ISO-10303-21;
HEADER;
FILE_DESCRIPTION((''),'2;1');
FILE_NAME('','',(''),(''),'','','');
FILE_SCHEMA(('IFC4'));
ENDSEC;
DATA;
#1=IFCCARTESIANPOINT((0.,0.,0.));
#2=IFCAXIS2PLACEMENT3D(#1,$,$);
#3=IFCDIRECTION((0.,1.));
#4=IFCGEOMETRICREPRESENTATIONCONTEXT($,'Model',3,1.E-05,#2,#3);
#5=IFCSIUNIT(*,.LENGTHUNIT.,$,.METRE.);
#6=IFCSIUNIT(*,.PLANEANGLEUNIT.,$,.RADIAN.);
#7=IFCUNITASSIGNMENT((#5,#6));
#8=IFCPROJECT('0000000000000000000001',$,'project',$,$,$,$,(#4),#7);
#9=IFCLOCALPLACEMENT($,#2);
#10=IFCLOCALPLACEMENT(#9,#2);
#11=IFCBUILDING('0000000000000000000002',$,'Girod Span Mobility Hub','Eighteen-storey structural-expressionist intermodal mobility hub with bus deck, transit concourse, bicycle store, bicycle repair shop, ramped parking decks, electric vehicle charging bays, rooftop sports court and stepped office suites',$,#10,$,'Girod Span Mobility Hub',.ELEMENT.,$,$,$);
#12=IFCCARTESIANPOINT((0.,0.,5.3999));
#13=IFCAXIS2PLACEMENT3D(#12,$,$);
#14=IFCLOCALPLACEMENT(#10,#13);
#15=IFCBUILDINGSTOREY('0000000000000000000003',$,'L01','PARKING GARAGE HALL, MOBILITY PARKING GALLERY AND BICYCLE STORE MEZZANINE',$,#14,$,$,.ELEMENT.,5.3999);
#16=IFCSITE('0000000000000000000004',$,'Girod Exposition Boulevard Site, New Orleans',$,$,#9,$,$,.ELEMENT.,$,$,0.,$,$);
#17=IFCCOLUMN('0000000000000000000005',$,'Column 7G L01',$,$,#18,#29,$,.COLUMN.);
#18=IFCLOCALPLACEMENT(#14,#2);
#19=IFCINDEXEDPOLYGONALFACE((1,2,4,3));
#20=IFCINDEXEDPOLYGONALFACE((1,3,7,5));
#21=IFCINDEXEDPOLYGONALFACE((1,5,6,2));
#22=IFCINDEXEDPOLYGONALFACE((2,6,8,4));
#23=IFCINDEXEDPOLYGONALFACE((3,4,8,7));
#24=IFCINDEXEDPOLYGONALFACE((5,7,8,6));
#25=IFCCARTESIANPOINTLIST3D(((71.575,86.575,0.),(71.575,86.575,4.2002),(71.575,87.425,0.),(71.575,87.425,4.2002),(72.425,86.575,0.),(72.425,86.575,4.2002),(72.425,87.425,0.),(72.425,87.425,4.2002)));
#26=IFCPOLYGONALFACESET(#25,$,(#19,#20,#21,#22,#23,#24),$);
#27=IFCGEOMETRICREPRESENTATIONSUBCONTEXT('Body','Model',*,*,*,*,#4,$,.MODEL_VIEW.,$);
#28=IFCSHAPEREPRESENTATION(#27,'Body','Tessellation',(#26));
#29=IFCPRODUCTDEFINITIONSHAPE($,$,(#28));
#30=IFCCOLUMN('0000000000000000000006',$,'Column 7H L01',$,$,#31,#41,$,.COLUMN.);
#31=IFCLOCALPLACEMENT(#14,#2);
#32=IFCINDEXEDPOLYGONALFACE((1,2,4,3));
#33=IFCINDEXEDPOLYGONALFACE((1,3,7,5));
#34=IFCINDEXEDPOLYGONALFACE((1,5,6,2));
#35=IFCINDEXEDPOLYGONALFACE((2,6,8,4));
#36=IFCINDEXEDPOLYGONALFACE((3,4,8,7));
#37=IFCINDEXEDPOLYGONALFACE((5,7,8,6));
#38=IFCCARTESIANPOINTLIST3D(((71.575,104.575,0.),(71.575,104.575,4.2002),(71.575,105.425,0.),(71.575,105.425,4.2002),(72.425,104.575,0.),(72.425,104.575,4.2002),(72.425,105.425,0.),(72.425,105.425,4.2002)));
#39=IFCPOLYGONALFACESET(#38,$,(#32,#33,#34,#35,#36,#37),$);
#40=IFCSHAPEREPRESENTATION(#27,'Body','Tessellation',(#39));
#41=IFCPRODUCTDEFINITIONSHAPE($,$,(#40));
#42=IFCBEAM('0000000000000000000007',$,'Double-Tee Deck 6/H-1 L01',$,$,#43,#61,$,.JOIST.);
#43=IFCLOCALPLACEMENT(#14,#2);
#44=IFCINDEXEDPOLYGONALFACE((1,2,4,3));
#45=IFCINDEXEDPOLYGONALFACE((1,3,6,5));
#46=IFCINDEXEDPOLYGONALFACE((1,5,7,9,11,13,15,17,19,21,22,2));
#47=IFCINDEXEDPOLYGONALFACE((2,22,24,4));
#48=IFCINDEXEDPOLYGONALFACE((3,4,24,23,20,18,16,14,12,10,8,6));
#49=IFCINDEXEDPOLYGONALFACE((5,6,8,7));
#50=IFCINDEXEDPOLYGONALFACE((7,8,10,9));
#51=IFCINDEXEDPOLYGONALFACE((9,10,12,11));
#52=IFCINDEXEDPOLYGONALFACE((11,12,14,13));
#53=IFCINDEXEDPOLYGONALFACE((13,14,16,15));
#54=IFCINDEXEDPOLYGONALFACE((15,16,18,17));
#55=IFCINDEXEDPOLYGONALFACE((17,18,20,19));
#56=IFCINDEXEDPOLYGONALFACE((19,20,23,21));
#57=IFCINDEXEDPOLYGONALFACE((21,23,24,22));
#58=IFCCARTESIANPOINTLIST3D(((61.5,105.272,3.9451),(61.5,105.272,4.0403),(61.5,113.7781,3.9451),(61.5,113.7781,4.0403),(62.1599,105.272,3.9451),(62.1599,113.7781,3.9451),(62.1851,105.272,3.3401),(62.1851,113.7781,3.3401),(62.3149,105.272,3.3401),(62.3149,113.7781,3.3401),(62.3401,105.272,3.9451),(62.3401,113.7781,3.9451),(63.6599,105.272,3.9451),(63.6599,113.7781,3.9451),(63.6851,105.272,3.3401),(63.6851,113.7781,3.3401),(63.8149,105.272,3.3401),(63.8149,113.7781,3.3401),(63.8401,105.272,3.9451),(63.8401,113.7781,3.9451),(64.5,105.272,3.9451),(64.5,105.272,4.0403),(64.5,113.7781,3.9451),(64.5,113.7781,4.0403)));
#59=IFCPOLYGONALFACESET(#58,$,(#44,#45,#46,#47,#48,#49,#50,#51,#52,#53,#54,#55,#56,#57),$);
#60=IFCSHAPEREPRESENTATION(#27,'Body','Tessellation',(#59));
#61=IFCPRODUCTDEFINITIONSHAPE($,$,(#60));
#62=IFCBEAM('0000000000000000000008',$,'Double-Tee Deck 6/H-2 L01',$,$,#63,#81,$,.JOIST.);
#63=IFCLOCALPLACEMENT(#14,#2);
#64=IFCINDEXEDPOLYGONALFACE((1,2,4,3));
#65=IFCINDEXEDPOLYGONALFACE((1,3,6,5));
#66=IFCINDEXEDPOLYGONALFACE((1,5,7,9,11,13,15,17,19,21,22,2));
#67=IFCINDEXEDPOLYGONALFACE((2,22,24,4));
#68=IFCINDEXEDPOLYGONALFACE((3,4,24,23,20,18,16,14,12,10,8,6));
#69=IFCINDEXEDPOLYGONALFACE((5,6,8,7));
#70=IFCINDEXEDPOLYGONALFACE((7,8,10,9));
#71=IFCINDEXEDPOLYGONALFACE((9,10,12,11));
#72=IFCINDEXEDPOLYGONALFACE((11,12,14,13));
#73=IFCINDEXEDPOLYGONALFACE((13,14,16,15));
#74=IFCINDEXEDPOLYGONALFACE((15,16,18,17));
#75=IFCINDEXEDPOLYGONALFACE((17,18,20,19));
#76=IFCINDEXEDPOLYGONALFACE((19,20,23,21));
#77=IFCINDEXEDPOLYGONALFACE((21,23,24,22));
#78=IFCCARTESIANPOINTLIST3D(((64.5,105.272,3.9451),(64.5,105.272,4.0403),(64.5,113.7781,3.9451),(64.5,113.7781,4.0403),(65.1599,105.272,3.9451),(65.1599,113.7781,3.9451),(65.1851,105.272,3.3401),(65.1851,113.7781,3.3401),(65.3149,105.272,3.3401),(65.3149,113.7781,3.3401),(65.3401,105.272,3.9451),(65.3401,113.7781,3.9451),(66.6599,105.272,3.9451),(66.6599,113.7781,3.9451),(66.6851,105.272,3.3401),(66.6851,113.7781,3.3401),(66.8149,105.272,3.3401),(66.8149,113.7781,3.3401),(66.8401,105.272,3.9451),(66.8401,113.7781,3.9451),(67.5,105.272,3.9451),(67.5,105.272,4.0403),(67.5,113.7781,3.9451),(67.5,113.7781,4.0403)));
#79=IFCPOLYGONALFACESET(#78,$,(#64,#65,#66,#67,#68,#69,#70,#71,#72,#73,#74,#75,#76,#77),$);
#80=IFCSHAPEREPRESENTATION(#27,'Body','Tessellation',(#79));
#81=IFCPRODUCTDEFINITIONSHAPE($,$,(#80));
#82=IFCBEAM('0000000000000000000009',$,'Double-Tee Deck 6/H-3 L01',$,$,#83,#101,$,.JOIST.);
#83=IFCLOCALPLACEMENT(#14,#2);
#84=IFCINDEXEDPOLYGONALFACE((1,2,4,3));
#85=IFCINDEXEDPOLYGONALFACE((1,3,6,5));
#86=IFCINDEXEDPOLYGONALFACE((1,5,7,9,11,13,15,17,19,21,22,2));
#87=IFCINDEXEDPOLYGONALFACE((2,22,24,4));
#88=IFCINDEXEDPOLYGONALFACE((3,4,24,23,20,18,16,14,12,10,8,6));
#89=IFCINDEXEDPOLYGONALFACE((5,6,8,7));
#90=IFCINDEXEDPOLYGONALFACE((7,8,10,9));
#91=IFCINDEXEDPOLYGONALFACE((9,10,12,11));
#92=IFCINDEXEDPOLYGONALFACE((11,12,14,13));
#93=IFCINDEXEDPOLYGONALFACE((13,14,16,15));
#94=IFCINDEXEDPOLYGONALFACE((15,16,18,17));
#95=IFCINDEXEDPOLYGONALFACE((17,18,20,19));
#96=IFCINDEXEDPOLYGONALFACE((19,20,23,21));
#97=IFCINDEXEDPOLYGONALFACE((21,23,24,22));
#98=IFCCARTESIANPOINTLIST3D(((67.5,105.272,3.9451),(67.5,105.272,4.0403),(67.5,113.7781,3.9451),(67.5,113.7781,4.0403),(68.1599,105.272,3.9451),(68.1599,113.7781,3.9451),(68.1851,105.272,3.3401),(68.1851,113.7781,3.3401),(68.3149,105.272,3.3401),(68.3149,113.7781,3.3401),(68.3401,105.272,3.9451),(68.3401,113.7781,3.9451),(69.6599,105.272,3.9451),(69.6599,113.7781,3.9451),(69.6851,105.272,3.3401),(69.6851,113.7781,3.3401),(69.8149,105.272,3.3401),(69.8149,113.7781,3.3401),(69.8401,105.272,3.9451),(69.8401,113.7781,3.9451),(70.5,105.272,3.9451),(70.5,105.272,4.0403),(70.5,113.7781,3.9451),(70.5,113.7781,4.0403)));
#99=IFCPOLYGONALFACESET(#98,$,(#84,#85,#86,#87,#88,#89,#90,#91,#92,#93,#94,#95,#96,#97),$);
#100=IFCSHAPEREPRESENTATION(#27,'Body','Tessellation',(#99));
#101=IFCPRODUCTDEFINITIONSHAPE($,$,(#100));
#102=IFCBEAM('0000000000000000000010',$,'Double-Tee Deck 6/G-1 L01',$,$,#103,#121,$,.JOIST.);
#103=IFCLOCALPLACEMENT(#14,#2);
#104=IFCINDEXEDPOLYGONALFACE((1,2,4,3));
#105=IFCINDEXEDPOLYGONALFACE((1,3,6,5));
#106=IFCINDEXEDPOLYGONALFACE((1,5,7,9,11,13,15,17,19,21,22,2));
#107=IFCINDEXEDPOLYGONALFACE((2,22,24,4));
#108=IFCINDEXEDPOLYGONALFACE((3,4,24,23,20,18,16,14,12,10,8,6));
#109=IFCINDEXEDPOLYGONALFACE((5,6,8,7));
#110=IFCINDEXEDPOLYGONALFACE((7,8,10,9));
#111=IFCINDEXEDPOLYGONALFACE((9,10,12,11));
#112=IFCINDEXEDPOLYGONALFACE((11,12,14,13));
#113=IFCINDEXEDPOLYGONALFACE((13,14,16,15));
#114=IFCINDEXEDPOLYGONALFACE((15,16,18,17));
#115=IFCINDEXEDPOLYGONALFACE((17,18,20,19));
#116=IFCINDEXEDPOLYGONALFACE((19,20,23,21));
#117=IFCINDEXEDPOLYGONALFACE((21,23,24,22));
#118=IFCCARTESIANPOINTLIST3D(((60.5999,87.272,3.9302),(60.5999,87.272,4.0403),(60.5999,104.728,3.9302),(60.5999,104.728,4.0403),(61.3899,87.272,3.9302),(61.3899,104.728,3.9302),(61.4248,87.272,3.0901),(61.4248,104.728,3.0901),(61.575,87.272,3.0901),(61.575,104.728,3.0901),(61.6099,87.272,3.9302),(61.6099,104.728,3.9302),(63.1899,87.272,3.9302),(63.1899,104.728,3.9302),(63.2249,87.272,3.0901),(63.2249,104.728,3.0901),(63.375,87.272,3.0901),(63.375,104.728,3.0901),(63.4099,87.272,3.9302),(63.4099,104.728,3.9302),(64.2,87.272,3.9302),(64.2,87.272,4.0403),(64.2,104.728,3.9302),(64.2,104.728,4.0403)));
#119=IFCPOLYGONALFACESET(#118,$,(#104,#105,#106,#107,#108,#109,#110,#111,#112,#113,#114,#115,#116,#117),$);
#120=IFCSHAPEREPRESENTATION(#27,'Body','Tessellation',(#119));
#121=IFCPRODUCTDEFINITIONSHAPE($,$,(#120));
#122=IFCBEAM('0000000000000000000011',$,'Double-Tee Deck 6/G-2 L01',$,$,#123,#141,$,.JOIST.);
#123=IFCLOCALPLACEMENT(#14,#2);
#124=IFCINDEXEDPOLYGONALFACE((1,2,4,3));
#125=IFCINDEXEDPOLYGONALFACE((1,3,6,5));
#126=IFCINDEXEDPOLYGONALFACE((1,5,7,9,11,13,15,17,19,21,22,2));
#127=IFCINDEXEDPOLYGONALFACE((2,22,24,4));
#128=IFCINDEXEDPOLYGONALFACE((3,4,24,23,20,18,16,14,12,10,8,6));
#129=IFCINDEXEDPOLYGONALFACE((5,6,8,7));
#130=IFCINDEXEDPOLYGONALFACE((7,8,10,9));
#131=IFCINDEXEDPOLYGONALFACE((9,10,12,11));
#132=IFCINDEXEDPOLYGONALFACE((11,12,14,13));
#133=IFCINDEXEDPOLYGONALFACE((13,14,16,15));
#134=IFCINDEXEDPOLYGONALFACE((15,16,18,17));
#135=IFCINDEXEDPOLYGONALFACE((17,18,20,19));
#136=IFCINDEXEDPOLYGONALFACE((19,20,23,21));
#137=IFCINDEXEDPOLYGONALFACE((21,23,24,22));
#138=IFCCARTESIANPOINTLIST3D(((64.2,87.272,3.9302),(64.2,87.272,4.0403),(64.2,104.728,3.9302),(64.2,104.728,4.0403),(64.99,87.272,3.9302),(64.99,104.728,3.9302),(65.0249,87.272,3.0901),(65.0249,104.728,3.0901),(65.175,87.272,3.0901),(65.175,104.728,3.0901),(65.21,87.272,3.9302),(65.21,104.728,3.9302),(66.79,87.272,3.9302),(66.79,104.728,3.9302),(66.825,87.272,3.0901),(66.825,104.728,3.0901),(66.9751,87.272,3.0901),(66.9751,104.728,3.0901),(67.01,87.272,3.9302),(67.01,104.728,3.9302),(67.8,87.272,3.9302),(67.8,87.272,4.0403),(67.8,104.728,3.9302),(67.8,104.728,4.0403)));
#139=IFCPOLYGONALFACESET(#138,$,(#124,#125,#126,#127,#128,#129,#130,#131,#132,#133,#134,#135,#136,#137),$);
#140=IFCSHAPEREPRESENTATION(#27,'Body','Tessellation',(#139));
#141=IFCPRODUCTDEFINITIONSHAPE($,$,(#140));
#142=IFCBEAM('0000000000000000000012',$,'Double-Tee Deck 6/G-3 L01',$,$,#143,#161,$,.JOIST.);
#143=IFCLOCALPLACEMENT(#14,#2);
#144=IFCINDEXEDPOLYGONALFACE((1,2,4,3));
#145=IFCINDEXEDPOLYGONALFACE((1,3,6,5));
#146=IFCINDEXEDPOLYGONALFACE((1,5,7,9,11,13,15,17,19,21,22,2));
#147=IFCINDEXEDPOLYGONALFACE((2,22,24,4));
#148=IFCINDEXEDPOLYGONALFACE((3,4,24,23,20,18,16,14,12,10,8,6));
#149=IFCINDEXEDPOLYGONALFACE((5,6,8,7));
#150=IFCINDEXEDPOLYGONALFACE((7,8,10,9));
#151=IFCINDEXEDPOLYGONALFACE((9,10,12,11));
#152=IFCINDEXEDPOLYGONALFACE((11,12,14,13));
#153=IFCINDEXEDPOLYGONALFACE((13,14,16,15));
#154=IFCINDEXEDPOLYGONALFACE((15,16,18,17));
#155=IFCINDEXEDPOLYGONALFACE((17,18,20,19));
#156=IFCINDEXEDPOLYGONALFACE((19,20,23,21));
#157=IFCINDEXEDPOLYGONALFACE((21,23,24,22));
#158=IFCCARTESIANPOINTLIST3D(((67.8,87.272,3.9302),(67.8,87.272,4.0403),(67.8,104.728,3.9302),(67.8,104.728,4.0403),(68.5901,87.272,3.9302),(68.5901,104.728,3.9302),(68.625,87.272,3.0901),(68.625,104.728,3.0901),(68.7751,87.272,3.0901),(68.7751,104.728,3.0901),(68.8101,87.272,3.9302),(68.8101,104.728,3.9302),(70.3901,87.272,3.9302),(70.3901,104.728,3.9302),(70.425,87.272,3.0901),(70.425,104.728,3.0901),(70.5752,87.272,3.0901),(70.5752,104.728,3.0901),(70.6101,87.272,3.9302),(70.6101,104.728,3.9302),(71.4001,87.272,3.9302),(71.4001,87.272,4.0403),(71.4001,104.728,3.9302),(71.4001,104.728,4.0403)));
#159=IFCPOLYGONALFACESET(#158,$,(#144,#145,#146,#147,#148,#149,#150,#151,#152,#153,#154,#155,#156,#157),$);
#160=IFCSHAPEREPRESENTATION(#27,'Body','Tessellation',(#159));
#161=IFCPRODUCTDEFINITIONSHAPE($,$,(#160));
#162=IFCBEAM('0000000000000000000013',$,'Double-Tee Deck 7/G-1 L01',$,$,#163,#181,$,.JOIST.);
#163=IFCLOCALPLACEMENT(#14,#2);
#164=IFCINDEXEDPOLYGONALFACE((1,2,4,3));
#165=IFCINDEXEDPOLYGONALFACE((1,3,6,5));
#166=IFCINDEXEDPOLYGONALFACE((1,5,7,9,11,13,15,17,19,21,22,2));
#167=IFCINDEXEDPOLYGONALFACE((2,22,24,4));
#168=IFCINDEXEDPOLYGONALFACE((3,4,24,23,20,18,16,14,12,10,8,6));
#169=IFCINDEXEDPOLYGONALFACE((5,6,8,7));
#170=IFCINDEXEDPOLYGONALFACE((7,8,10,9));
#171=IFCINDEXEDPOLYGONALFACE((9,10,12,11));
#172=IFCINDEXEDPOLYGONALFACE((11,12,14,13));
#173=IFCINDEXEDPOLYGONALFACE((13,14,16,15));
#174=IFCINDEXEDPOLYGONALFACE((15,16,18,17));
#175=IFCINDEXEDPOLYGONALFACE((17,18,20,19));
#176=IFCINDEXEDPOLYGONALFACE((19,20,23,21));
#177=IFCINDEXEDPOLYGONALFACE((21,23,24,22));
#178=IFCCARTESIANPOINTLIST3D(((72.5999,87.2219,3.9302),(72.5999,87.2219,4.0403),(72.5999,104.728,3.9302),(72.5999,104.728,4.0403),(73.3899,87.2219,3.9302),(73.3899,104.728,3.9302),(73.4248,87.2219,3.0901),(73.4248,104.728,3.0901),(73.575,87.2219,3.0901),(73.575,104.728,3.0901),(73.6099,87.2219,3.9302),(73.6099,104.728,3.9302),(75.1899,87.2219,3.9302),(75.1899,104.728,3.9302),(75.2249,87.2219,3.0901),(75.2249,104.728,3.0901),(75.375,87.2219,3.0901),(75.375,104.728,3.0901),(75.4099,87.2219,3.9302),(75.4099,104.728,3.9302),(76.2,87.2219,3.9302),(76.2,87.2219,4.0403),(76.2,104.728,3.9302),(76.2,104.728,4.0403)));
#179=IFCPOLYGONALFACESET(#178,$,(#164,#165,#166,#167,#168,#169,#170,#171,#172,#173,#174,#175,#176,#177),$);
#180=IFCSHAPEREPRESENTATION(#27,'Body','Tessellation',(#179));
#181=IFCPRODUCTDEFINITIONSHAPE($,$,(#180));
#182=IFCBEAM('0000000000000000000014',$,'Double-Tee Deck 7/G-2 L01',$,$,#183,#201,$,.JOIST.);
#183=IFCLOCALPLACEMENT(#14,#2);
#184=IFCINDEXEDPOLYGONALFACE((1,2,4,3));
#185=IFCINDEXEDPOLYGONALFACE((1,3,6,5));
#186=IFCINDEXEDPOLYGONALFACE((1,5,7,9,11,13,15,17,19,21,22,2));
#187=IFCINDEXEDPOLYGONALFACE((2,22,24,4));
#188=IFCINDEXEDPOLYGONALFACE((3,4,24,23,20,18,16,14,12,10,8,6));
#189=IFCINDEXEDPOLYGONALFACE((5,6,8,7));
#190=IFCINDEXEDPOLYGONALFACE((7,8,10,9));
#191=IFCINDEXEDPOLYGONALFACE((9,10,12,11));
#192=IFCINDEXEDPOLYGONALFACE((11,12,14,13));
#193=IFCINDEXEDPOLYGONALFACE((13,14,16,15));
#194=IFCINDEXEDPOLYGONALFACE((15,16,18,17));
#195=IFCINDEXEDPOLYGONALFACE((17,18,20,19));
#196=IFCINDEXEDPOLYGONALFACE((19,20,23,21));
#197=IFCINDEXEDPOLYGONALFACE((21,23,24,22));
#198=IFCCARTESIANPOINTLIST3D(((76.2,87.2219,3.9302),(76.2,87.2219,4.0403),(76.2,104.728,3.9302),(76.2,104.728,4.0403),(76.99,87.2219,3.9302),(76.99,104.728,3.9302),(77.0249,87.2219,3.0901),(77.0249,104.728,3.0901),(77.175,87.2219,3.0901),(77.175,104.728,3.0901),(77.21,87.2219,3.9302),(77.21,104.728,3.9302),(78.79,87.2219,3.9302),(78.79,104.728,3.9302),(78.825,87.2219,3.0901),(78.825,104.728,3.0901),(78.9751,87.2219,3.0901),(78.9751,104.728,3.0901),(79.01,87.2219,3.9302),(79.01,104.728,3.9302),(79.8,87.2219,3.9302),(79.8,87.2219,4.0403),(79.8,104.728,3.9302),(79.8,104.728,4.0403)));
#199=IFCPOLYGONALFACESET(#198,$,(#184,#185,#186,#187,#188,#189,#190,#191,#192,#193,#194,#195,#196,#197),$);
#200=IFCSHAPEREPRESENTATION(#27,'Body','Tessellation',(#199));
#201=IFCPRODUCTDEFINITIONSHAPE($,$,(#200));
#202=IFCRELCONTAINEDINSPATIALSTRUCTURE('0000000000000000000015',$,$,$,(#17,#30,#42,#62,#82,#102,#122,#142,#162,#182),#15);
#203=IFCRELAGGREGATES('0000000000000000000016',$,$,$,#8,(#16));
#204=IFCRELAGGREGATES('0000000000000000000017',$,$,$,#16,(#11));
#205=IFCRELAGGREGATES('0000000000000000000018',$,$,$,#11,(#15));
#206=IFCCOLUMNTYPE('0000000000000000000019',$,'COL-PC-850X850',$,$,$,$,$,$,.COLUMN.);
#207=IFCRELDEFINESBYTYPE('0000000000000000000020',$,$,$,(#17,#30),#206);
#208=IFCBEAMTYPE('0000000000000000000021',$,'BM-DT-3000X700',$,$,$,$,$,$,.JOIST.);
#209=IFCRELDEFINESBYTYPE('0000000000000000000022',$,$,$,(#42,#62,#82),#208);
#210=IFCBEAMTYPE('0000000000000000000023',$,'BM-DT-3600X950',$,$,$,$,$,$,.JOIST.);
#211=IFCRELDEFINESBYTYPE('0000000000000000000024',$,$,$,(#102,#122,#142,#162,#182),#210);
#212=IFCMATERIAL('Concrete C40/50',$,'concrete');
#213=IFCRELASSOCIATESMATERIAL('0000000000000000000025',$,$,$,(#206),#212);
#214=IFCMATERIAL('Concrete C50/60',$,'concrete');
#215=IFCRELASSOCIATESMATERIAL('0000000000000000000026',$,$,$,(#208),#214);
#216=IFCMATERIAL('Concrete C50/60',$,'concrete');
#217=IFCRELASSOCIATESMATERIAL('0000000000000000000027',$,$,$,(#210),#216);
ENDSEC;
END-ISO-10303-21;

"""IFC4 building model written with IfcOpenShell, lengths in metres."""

from ifc_helpers import new_model, si_unit, direction, frame, origin, origin_2d, place, context, subcontext, project, spatial, polyline, rectangle, outline, extrude, material, material_profile, profile_set, type_object, element, save


model = new_model("IFC4")

# Units and contexts
model_context = context("Model", 3, precision=1e-05, world=origin(), true_north=direction((0.0, 1.0)))
body_context = subcontext(model_context, "Body", "Model", "MODEL_VIEW")
ifc_project = project(units=[si_unit("LENGTHUNIT", "METRE"), si_unit("PLANEANGLEUNIT", "RADIAN")], contexts=[model_context])

# Site, building, storey
site_placement = place(None, origin())
site = spatial("IfcSite", under=ifc_project, at=site_placement, Name="Girod Exposition Boulevard Site, New Orleans", CompositionType="ELEMENT", RefElevation=0.0)
building_placement = place(site_placement, origin())
building = spatial("IfcBuilding", under=site, at=building_placement, Name="Girod Span Mobility Hub", Description="Eighteen-storey structural-expressionist intermodal mobility hub with bus deck, transit concourse, bicycle store, bicycle repair shop, ramped parking decks, electric vehicle charging bays, rooftop sports court and stepped office suites", LongName="Girod Span Mobility Hub", CompositionType="ELEMENT")
storey_placement = place(building_placement, frame((0.0, 0.0, 5.3999)))
storey = spatial("IfcBuildingStorey", under=building, at=storey_placement, Name="L01", Description="PARKING GARAGE HALL, MOBILITY PARKING GALLERY AND BICYCLE STORE MEZZANINE", CompositionType="ELEMENT", Elevation=5.3999)

# Columns
ifc_material_1 = material(Name="Concrete C40/50", Category="concrete")
ifc_material_profile_1 = material_profile(ifc_material_1, rectangle(XDim=0.8501, YDim=0.8501, at=origin_2d()), Name="PC-COL-850X850")
ifc_profile_set_1 = profile_set([ifc_material_profile_1], Name="Concrete C40/50")
column_type = type_object("IfcColumnType", Name="COL-PC-850X850", PredefinedType="COLUMN", material=ifc_profile_set_1)
for number, where, z_axis, x_axis, name in (
    (1, (72.0, 87.0, 0.0), (0.0, 0.0, 1.0), (1.0, 0.0, 0.0), "Column 7G L01"),
    (2, (72.0, 105.0, 0.0), (0.0, 0.0, 1.0), (1.0, 0.0, 0.0), "Column 7H L01"),
):
    element("IfcColumn", number, at=place(storey_placement, frame(where, z_axis=z_axis, x_axis=x_axis)), inside=storey, type_object=column_type, Name=name, PredefinedType="COLUMN", context=body_context, shape_type="SweptSolid", body=[
        extrude(rectangle(XDim=0.8501, YDim=0.8501, at=origin_2d()), origin(), (0.0, 0.0, 1.0), 4.2002),
    ])

# Beams
ifc_material_2 = material(Name="Concrete C50/60", Category="concrete")
ifc_material_profile_2 = material_profile(ifc_material_2, outline(polyline([(-1.5, 0.3501), (-1.5, 0.2549), (-0.8401, 0.2549), (-0.8149, -0.3501), (-0.6851, -0.3501), (-0.6599, 0.2549), (0.6599, 0.2549), (0.6851, -0.3501), (0.8149, -0.3501), (0.8401, 0.2549), (1.5, 0.2549), (1.5, 0.3501), (-1.5, 0.3501)])), Name="DT-3000X700")
ifc_profile_set_2 = profile_set([ifc_material_profile_2], Name="Concrete C50/60")
beam_type_1 = type_object("IfcBeamType", Name="BM-DT-3000X700", PredefinedType="JOIST", material=ifc_profile_set_2)
for number, where, z_axis, x_axis, name in (
    (3, (63.0, 105.272, 3.6902), (0.0, 1.0, 0.0), (-1.0, 0.0, 0.0), "Double-Tee Deck 6/H-1 L01"),
    (4, (66.0, 105.272, 3.6902), (0.0, 1.0, 0.0), (-1.0, 0.0, 0.0), "Double-Tee Deck 6/H-2 L01"),
    (5, (69.0, 105.272, 3.6902), (0.0, 1.0, 0.0), (-1.0, 0.0, 0.0), "Double-Tee Deck 6/H-3 L01"),
):
    element("IfcBeam", number, at=place(storey_placement, frame(where, z_axis=z_axis, x_axis=x_axis)), inside=storey, type_object=beam_type_1, Name=name, PredefinedType="JOIST", context=body_context, shape_type="SweptSolid", body=[
        extrude(outline(polyline([(-1.5, 0.3501), (-1.5, 0.2549), (-0.8401, 0.2549), (-0.8149, -0.3501), (-0.6851, -0.3501), (-0.6599, 0.2549), (0.6599, 0.2549), (0.6851, -0.3501), (0.8149, -0.3501), (0.8401, 0.2549), (1.5, 0.2549), (1.5, 0.3501), (-1.5, 0.3501)])), origin(), (0.0, 0.0, 1.0), 8.5061),
    ])
ifc_material_3 = material(Name="Concrete C50/60", Category="concrete")
ifc_material_profile_3 = material_profile(ifc_material_3, outline(polyline([(-1.8, 0.4751), (-1.8, 0.365), (-1.01, 0.365), (-0.9751, -0.4751), (-0.825, -0.4751), (-0.79, 0.365), (0.79, 0.365), (0.825, -0.4751), (0.9751, -0.4751), (1.01, 0.365), (1.8, 0.365), (1.8, 0.4751), (-1.8, 0.4751)])), Name="DT-3600X950")
ifc_profile_set_3 = profile_set([ifc_material_profile_3], Name="Concrete C50/60")
beam_type_2 = type_object("IfcBeamType", Name="BM-DT-3600X950", PredefinedType="JOIST", material=ifc_profile_set_3)
for number, where, z_axis, x_axis, name in (
    (6, (62.3999, 87.272, 3.5652), (0.0, 1.0, 0.0), (-1.0, 0.0, 0.0), "Double-Tee Deck 6/G-1 L01"),
    (7, (66.0, 87.272, 3.5652), (0.0, 1.0, 0.0), (-1.0, 0.0, 0.0), "Double-Tee Deck 6/G-2 L01"),
    (8, (69.6001, 87.272, 3.5652), (0.0, 1.0, 0.0), (-1.0, 0.0, 0.0), "Double-Tee Deck 6/G-3 L01"),
):
    element("IfcBeam", number, at=place(storey_placement, frame(where, z_axis=z_axis, x_axis=x_axis)), inside=storey, type_object=beam_type_2, Name=name, PredefinedType="JOIST", context=body_context, shape_type="SweptSolid", body=[
        extrude(outline(polyline([(-1.8, 0.4751), (-1.8, 0.365), (-1.01, 0.365), (-0.9751, -0.4751), (-0.825, -0.4751), (-0.79, 0.365), (0.79, 0.365), (0.825, -0.4751), (0.9751, -0.4751), (1.01, 0.365), (1.8, 0.365), (1.8, 0.4751), (-1.8, 0.4751)])), origin(), (0.0, 0.0, 1.0), 17.4561),
    ])
for number, where, z_axis, x_axis, name in (
    (9, (74.3999, 87.2219, 3.5652), (0.0, 1.0, 0.0), (-1.0, 0.0, 0.0), "Double-Tee Deck 7/G-1 L01"),
    (10, (78.0, 87.2219, 3.5652), (0.0, 1.0, 0.0), (-1.0, 0.0, 0.0), "Double-Tee Deck 7/G-2 L01"),
):
    element("IfcBeam", number, at=place(storey_placement, frame(where, z_axis=z_axis, x_axis=x_axis)), inside=storey, type_object=beam_type_2, Name=name, PredefinedType="JOIST", context=body_context, shape_type="SweptSolid", body=[
        extrude(outline(polyline([(-1.8, 0.4751), (-1.8, 0.365), (-1.01, 0.365), (-0.9751, -0.4751), (-0.825, -0.4751), (-0.79, 0.365), (0.79, 0.365), (0.825, -0.4751), (0.9751, -0.4751), (1.01, 0.365), (1.8, 0.365), (1.8, 0.4751), (-1.8, 0.4751)])), origin(), (0.0, 0.0, 1.0), 17.5061),
    ])

save(model, "model.ifc")
